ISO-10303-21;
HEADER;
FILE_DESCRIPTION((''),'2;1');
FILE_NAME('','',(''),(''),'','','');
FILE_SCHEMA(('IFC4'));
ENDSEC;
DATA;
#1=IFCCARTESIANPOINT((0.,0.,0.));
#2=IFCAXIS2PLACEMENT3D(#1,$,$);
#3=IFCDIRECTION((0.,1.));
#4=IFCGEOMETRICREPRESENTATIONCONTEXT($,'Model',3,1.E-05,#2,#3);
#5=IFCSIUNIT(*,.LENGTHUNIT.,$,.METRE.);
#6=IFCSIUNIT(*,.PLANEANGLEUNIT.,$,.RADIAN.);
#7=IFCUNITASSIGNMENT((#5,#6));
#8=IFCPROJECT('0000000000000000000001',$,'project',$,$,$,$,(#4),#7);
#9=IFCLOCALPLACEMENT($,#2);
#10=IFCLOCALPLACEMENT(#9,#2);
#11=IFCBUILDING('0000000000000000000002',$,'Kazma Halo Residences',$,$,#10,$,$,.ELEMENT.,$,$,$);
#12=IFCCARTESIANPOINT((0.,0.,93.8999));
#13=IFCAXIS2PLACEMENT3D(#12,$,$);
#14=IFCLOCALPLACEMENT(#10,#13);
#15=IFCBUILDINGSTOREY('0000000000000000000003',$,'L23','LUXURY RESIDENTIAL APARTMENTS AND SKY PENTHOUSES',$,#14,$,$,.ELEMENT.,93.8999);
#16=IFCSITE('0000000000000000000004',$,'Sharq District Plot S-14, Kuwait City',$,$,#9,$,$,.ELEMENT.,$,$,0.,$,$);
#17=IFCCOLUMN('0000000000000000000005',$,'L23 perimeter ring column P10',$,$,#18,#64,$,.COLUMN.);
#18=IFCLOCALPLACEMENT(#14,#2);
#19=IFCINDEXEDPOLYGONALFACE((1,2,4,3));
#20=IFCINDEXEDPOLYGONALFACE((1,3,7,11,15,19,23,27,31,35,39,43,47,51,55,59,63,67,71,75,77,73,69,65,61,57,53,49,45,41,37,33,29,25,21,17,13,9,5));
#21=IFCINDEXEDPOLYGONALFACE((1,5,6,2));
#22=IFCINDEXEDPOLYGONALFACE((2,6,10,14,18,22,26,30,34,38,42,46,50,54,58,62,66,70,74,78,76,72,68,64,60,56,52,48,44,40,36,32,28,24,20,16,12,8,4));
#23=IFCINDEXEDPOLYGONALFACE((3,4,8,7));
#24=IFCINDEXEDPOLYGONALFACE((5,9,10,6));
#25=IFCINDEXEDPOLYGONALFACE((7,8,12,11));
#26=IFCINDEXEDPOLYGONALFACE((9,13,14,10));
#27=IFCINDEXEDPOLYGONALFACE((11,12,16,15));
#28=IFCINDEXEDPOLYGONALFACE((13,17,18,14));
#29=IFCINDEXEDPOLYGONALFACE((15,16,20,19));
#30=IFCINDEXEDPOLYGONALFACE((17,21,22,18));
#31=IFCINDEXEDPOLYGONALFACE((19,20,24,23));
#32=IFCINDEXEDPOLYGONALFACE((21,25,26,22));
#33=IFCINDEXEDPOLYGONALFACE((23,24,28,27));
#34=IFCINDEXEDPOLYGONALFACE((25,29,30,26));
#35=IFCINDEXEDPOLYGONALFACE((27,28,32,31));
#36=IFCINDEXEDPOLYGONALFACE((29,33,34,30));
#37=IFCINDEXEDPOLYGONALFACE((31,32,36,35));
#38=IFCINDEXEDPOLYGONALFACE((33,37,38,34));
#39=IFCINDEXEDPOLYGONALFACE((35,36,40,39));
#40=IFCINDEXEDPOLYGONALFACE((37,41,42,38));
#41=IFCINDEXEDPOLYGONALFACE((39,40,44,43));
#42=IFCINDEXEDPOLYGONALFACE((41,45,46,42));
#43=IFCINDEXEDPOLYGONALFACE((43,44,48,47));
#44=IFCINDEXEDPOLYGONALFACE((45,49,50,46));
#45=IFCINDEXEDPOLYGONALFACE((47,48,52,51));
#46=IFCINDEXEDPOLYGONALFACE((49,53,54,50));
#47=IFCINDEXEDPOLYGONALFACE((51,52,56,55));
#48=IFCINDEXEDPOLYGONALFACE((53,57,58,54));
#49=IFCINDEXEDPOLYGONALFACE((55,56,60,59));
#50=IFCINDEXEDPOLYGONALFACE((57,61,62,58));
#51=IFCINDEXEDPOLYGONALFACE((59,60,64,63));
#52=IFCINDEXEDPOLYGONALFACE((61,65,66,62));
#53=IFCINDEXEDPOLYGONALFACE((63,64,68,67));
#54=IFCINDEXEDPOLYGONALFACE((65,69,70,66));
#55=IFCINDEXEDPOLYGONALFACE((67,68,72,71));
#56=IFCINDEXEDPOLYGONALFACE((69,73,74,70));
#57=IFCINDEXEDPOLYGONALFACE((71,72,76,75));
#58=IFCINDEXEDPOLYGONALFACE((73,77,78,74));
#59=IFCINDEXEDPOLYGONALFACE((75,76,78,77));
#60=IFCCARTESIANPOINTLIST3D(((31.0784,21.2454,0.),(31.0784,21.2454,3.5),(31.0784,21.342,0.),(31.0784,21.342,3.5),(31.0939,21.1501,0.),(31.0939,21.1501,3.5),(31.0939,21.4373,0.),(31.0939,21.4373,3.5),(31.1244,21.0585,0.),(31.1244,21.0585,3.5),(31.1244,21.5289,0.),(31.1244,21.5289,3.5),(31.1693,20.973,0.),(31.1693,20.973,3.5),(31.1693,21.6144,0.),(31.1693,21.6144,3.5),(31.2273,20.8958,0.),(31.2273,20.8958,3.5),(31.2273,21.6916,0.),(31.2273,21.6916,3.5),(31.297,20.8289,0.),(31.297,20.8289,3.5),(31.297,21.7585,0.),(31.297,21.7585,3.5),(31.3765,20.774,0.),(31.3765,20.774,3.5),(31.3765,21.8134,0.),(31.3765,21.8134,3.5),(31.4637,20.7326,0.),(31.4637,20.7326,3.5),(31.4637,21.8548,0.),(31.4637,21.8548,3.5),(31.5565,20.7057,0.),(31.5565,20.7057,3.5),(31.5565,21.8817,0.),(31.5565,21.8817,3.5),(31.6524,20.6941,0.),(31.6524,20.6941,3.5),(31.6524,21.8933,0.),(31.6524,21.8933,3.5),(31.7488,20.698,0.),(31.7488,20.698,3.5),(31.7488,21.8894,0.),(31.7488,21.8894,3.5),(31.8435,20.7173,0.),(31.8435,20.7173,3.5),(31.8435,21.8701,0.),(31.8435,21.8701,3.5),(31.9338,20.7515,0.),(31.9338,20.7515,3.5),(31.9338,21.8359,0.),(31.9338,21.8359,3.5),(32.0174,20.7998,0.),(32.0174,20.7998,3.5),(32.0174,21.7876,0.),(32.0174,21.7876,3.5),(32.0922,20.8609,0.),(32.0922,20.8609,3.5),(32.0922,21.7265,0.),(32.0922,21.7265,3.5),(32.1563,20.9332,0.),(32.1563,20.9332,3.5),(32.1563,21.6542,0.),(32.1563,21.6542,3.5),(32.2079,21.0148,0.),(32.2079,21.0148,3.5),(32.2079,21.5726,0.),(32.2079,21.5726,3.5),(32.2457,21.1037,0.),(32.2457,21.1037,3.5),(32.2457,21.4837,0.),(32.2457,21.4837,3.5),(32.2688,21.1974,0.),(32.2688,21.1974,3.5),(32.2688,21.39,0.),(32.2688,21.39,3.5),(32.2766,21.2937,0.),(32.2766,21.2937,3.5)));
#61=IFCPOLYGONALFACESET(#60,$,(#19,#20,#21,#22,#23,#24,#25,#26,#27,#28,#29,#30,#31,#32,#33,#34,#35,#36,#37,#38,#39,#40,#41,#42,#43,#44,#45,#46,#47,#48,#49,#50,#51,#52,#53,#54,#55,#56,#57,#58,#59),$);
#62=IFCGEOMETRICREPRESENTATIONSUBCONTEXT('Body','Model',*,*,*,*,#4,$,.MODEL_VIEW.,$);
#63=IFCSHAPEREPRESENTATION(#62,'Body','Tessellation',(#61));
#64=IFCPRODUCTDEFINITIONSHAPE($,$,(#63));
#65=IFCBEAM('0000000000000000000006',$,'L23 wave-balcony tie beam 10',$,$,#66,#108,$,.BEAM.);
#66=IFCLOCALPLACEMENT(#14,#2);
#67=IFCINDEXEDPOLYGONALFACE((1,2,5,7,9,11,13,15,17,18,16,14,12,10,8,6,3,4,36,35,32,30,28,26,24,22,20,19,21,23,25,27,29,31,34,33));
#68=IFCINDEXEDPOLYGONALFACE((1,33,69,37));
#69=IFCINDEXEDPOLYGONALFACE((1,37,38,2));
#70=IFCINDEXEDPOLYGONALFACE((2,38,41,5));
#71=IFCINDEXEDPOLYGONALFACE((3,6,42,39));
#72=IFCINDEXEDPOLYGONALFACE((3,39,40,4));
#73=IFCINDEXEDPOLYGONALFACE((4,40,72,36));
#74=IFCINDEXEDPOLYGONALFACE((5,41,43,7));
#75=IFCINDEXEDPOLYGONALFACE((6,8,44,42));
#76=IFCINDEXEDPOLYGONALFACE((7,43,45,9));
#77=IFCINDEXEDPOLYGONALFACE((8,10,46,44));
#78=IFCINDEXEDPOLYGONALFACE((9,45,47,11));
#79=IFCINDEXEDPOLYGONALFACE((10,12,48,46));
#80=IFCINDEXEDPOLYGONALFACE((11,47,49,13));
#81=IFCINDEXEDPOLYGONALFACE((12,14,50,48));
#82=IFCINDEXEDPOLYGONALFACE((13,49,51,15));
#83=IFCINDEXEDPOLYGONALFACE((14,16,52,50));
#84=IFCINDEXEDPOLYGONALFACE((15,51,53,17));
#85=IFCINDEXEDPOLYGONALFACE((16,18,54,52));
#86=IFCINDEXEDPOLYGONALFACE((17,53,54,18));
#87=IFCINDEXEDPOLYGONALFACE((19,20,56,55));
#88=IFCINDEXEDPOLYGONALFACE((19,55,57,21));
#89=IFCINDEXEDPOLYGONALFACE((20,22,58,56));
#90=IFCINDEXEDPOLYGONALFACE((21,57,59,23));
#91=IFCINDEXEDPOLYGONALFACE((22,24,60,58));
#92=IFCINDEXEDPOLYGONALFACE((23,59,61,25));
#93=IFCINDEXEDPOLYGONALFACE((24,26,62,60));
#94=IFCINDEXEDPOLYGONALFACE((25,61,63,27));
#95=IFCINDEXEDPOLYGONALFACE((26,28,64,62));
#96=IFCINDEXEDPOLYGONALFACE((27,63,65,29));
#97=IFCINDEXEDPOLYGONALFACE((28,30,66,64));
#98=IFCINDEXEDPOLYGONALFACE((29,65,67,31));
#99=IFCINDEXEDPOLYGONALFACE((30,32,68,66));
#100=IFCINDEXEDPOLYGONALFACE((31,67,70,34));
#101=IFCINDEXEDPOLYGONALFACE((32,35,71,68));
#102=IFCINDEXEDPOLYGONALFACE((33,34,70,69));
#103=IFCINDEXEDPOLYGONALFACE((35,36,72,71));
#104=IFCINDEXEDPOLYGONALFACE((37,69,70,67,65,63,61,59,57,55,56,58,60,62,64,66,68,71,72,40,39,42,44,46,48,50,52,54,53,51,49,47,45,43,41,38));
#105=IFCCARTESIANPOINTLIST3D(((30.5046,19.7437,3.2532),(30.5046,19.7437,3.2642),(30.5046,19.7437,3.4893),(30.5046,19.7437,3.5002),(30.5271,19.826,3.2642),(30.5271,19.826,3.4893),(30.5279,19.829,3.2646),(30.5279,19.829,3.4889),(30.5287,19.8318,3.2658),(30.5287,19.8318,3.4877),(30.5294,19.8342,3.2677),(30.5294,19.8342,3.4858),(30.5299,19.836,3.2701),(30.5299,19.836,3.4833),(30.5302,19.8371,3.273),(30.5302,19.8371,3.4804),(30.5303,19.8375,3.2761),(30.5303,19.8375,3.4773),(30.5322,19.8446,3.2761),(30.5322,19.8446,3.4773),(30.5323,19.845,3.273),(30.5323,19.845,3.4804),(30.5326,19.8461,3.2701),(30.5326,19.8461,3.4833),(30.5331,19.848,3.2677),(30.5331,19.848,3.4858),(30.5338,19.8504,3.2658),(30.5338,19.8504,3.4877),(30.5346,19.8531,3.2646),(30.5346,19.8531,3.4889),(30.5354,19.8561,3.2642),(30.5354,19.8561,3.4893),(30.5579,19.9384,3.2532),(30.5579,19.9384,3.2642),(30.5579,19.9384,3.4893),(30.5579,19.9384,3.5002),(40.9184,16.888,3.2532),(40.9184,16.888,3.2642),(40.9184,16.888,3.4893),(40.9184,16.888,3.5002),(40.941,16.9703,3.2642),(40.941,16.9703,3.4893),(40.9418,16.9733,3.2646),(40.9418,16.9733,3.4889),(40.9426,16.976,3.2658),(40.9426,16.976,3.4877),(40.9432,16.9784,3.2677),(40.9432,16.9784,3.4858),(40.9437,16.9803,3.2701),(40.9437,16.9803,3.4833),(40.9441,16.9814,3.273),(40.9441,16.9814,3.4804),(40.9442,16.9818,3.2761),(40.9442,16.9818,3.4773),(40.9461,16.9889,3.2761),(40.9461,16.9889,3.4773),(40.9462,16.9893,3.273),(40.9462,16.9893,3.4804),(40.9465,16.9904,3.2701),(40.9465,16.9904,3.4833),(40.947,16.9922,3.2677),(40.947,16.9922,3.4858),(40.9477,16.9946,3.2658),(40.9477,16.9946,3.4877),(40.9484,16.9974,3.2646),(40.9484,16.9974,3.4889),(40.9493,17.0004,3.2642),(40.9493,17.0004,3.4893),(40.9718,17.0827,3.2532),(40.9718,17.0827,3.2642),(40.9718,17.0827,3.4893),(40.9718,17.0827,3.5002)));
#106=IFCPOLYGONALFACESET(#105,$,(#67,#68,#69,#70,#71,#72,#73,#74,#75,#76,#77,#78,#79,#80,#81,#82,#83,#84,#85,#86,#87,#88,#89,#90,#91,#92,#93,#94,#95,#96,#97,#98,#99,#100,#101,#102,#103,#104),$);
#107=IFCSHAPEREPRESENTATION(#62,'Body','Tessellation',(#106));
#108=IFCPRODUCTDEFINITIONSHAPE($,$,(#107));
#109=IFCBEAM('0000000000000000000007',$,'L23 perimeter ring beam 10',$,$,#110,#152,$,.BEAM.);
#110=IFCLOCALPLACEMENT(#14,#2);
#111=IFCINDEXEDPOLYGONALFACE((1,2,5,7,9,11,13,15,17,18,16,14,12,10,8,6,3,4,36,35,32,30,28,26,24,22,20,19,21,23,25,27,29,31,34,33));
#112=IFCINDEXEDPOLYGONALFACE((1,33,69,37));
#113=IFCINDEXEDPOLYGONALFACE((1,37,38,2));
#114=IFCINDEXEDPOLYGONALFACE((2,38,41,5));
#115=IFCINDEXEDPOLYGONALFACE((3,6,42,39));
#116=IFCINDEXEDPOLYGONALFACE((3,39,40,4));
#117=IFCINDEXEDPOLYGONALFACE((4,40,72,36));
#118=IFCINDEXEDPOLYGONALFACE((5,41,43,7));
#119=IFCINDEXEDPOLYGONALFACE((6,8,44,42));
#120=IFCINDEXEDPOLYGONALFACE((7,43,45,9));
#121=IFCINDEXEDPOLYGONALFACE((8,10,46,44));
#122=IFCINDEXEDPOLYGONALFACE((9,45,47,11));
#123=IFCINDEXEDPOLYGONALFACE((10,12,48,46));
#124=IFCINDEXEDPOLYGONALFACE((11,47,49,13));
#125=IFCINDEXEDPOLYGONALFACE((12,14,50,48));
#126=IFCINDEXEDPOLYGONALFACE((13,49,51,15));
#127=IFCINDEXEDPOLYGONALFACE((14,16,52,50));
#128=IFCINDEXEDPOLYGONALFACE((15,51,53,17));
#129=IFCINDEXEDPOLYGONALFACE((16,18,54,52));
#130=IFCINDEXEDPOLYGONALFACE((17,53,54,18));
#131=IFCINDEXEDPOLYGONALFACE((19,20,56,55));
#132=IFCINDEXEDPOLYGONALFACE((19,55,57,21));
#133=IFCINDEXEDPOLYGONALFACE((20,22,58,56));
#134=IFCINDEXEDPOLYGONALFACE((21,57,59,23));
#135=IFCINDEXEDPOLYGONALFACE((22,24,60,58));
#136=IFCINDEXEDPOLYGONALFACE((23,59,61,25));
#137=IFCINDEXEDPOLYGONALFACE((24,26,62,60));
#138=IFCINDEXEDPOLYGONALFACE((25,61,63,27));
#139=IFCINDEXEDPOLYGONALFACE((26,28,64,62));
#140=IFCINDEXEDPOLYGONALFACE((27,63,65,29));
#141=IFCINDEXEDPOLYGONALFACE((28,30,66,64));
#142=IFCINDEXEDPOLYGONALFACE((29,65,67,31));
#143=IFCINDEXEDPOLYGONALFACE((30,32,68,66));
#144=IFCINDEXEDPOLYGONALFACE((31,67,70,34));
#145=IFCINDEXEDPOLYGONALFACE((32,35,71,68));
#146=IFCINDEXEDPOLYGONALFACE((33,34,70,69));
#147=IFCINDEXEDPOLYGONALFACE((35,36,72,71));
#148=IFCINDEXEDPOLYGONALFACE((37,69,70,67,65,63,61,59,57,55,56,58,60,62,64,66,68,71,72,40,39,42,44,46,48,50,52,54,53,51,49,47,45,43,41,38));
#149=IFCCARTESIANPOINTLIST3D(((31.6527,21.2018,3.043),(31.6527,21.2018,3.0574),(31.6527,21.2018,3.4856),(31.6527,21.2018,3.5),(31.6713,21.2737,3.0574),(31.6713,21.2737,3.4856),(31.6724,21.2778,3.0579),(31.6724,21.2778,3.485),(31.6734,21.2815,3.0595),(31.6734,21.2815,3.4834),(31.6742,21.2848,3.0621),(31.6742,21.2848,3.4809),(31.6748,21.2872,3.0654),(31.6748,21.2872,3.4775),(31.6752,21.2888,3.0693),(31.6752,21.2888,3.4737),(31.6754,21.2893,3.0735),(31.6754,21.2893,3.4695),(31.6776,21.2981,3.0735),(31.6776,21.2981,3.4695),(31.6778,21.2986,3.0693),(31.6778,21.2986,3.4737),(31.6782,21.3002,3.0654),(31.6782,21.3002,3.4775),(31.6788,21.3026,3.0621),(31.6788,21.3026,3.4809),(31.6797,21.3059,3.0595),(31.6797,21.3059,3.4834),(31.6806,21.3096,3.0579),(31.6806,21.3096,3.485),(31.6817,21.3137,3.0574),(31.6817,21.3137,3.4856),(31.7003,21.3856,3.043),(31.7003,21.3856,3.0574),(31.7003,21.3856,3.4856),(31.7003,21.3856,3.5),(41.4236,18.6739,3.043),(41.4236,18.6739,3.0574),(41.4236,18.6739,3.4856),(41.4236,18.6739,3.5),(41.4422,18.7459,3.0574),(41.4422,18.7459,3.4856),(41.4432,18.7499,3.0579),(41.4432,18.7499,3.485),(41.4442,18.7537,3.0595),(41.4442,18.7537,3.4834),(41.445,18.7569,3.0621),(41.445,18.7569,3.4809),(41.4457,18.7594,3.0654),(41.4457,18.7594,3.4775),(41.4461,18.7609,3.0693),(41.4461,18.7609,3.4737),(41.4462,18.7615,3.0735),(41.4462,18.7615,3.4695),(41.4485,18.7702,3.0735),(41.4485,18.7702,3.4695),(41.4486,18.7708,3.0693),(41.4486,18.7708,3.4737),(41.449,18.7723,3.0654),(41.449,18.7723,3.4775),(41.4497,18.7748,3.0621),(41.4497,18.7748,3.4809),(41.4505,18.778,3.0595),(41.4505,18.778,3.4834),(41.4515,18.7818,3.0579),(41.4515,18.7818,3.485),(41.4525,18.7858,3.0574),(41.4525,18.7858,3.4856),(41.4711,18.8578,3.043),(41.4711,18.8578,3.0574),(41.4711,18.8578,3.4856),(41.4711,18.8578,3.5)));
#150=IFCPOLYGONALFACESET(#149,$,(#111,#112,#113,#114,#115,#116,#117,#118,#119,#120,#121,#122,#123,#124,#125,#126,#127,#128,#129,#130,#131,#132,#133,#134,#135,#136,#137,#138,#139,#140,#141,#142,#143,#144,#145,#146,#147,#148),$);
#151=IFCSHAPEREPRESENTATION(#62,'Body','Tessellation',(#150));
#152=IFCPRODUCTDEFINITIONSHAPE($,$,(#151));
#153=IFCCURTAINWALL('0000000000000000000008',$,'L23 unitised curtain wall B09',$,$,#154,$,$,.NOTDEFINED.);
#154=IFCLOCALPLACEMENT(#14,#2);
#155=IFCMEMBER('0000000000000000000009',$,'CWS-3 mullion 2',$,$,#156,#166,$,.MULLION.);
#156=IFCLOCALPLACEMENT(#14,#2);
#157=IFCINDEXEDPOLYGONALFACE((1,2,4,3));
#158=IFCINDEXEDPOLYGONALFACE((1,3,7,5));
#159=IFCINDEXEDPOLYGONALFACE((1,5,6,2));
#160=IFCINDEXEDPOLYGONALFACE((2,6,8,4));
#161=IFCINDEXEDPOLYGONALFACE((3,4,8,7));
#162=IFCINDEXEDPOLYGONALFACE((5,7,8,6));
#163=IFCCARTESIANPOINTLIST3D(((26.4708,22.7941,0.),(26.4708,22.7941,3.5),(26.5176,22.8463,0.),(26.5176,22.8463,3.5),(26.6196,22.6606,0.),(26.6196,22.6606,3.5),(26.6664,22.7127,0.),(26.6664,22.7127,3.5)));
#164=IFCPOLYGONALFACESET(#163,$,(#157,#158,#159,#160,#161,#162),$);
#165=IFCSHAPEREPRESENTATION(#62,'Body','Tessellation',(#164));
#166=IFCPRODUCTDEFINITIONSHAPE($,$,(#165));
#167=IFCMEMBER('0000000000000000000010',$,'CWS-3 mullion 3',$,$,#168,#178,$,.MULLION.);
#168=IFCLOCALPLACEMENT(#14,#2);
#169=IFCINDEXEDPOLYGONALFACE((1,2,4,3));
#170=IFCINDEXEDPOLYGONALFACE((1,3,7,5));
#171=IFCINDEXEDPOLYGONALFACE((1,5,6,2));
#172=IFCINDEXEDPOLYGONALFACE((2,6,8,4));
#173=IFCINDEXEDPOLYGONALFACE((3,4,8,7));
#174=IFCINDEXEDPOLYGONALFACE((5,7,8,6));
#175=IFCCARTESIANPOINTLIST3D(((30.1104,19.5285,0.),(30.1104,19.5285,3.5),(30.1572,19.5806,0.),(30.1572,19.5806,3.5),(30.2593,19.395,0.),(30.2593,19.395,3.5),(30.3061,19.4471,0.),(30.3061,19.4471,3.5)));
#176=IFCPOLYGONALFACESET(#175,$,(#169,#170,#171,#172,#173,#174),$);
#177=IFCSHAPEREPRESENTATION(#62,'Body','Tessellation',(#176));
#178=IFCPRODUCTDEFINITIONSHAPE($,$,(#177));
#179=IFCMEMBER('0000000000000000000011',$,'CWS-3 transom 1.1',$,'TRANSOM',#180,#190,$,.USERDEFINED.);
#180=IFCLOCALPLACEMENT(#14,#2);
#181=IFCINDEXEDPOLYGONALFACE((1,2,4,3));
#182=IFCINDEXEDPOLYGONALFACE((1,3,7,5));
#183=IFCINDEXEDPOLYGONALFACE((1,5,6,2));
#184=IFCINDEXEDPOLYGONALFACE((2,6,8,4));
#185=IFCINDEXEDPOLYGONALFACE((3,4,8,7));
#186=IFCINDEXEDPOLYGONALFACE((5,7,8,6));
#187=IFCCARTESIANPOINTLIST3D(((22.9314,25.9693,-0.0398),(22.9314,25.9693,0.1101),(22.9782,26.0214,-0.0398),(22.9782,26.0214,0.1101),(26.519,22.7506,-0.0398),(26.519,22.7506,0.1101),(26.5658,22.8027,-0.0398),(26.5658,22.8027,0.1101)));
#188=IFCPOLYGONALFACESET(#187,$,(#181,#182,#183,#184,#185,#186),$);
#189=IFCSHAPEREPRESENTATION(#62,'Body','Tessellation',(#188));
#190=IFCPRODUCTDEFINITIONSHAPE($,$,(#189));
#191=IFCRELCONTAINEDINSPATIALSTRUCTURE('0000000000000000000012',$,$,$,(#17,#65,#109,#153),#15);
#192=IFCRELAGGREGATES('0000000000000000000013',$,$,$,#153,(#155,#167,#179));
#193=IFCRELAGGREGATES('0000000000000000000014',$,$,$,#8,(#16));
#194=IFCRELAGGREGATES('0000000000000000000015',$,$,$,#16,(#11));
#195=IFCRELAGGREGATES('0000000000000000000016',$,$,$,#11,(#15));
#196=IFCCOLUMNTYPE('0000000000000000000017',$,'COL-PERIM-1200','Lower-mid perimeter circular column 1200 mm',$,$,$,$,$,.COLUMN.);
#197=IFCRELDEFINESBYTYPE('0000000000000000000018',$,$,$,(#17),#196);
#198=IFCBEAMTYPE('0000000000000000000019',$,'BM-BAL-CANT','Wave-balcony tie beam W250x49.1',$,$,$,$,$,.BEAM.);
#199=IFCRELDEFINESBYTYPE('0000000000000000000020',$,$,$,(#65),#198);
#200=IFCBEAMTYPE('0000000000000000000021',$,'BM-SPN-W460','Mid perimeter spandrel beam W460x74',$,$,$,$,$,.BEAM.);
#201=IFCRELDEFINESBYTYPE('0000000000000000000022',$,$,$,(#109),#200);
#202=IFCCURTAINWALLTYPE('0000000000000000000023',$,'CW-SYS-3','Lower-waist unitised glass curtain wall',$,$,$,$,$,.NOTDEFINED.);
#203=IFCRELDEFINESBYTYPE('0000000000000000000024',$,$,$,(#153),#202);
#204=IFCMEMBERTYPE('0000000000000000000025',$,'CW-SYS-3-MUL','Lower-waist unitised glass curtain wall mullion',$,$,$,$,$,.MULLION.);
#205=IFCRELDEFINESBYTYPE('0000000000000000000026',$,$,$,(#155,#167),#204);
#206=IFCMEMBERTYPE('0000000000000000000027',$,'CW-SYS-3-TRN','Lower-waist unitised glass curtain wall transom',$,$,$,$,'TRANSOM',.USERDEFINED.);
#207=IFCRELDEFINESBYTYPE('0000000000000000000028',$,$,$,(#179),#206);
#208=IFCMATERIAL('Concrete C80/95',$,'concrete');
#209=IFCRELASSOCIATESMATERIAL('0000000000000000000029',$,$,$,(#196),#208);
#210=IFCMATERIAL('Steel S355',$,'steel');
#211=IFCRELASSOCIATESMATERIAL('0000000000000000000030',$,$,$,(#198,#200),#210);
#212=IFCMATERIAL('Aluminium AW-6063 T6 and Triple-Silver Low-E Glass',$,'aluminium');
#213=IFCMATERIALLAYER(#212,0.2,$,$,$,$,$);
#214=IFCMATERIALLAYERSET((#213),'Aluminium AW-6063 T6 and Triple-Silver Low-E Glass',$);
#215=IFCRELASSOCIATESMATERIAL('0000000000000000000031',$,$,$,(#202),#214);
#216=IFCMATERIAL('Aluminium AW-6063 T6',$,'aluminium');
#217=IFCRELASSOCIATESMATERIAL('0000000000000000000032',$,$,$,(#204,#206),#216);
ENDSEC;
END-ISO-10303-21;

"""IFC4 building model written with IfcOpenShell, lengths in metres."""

from ifc_helpers import new_model, si_unit, direction, frame, origin, origin_2d, place, context, subcontext, project, spatial, rectangle, circle, i_section, extrude, material, layer, layer_set, material_profile, profile_set, type_object, element, aggregate, save


model = new_model("IFC4")

# Units and contexts
model_context = context("Model", 3, precision=1e-05, world=origin(), true_north=direction((0.0, 1.0)))
body_context = subcontext(model_context, "Body", "Model", "MODEL_VIEW")
ifc_project = project(units=[si_unit("LENGTHUNIT", "METRE"), si_unit("PLANEANGLEUNIT", "RADIAN")], contexts=[model_context])

# Site, building, storey
site_placement = place(None, origin())
site = spatial("IfcSite", under=ifc_project, at=site_placement, Name="Sharq District Plot S-14, Kuwait City", CompositionType="ELEMENT", RefElevation=0.0)
building_placement = place(site_placement, origin())
building = spatial("IfcBuilding", under=site, at=building_placement, Name="Kazma Halo Residences", CompositionType="ELEMENT")
storey_placement = place(building_placement, frame((0.0, 0.0, 93.8999)))
storey = spatial("IfcBuildingStorey", under=building, at=storey_placement, Name="L23", Description="LUXURY RESIDENTIAL APARTMENTS AND SKY PENTHOUSES", CompositionType="ELEMENT", Elevation=93.8999)

# Column
ifc_material_1 = material(Name="Concrete C80/95", Category="concrete")
ifc_material_profile_1 = material_profile(ifc_material_1, circle(Radius=0.6001, at=origin_2d()), Name="CIRC1200")
ifc_profile_set_1 = profile_set([ifc_material_profile_1], Name="Concrete C80/95")
column_type = type_object("IfcColumnType", Name="COL-PERIM-1200", Description="Lower-mid perimeter circular column 1200 mm", PredefinedType="COLUMN", material=ifc_profile_set_1)
column_placement = place(storey_placement, frame((31.6765, 21.2937, 0.0), z_axis=(0.0, 0.0, 1.0), x_axis=(1.0, 0.0, 0.0)))
element("IfcColumn", 1, at=column_placement, inside=storey, type_object=column_type, Name="L23 perimeter ring column P10", PredefinedType="COLUMN", context=body_context, shape_type="SweptSolid", body=[
    extrude(circle(Radius=0.6001, at=origin_2d()), origin(), (0.0, 0.0, 1.0), 3.5),
])

# Beams
ifc_material_2 = material(Name="Steel S355", Category="steel")
ifc_material_profile_2 = material_profile(ifc_material_2, i_section(OverallWidth=0.2019, OverallDepth=0.2471, WebThickness=0.0073, FlangeThickness=0.011, FilletRadius=0.012, at=origin_2d()), Name="W250x49.1")
ifc_profile_set_2 = profile_set([ifc_material_profile_2], Name="Steel S355")
beam_type_1 = type_object("IfcBeamType", Name="BM-BAL-CANT", Description="Wave-balcony tie beam W250x49.1", PredefinedType="BEAM", material=ifc_profile_set_2)
beam_1_placement = place(storey_placement, frame((30.5312, 19.8411, 3.3767), z_axis=(0.964397, -0.26446, 0.0), x_axis=(0.26446, 0.964397, 0.0)))
element("IfcBeam", 2, at=beam_1_placement, inside=storey, type_object=beam_type_1, Name="L23 wave-balcony tie beam 10", PredefinedType="BEAM", context=body_context, shape_type="SweptSolid", body=[
    extrude(i_section(OverallWidth=0.2019, OverallDepth=0.2471, WebThickness=0.0073, FlangeThickness=0.011, FilletRadius=0.012, at=origin_2d()), origin(), (0.0, 0.0, 1.0), 10.7983),
])
ifc_material_profile_3 = material_profile(ifc_material_2, i_section(OverallWidth=0.1899, OverallDepth=0.457, WebThickness=0.009, FlangeThickness=0.0144, FilletRadius=0.0161, at=origin_2d()), Name="W460x74")
ifc_profile_set_3 = profile_set([ifc_material_profile_3], Name="Steel S355")
beam_type_2 = type_object("IfcBeamType", Name="BM-SPN-W460", Description="Mid perimeter spandrel beam W460x74", PredefinedType="BEAM", material=ifc_profile_set_3)
beam_2_placement = place(storey_placement, frame((31.6765, 21.2937, 3.2715), z_axis=(0.968125, -0.250468, 0.0), x_axis=(0.250468, 0.968125, 0.0)))
element("IfcBeam", 3, at=beam_2_placement, inside=storey, type_object=beam_type_2, Name="L23 perimeter ring beam 10", PredefinedType="BEAM", context=body_context, shape_type="SweptSolid", body=[
    extrude(i_section(OverallWidth=0.1899, OverallDepth=0.457, WebThickness=0.009, FlangeThickness=0.0144, FilletRadius=0.0161, at=origin_2d()), origin(), (0.0, 0.0, 1.0), 10.0925),
])

# Curtain wall, members
ifc_material_3 = material(Name="Aluminium AW-6063 T6 and Triple-Silver Low-E Glass", Category="aluminium")
ifc_layer_1 = layer(ifc_material_3, 0.2)
ifc_layer_set_1 = layer_set([ifc_layer_1], Name="Aluminium AW-6063 T6 and Triple-Silver Low-E Glass")
curtain_wall_type = type_object("IfcCurtainWallType", Name="CW-SYS-3", Description="Lower-waist unitised glass curtain wall", PredefinedType="NOTDEFINED", material=ifc_layer_set_1)
curtain_wall_placement = place(storey_placement, origin())
curtain_wall = element("IfcCurtainWall", 4, at=curtain_wall_placement, inside=storey, type_object=curtain_wall_type, Name="L23 unitised curtain wall B09", PredefinedType="NOTDEFINED")
ifc_material_4 = material(Name="Aluminium AW-6063 T6", Category="aluminium")
ifc_material_profile_4 = material_profile(ifc_material_4, rectangle(XDim=0.0701, YDim=0.2, at=origin_2d()), Name="CWM-70x200")
ifc_profile_set_4 = profile_set([ifc_material_profile_4], Name="Aluminium AW-6063 T6")
member_type_1 = type_object("IfcMemberType", Name="CW-SYS-3-MUL", Description="Lower-waist unitised glass curtain wall mullion", PredefinedType="MULLION", material=ifc_profile_set_4)
member_1_placement = place(storey_placement, frame((26.5686, 22.7534, 0.0), z_axis=(0.0, 0.0, 1.0), x_axis=(0.667795, 0.744345, 0.0)))
member_1 = element("IfcMember", 5, at=member_1_placement, type_object=member_type_1, Name="CWS-3 mullion 2", PredefinedType="MULLION", context=body_context, shape_type="SweptSolid", body=[
    extrude(rectangle(XDim=0.0701, YDim=0.2, at=origin_2d()), origin(), (0.0, 0.0, 1.0), 3.5),
])
member_2_placement = place(storey_placement, frame((30.2083, 19.4878, 0.0), z_axis=(0.0, 0.0, 1.0), x_axis=(0.667795, 0.744345, 0.0)))
member_2 = element("IfcMember", 6, at=member_2_placement, type_object=member_type_1, Name="CWS-3 mullion 3", PredefinedType="MULLION", context=body_context, shape_type="SweptSolid", body=[
    extrude(rectangle(XDim=0.0701, YDim=0.2, at=origin_2d()), origin(), (0.0, 0.0, 1.0), 3.5),
])
ifc_material_profile_5 = material_profile(ifc_material_4, rectangle(XDim=0.0701, YDim=0.1499, at=origin_2d()), Name="CWT-70x150")
ifc_profile_set_5 = profile_set([ifc_material_profile_5], Name="Aluminium AW-6063 T6")
member_type_2 = type_object("IfcMemberType", Name="CW-SYS-3-TRN", Description="Lower-waist unitised glass curtain wall transom", ElementType="TRANSOM", PredefinedType="USERDEFINED", material=ifc_profile_set_5)
member_3_placement = place(storey_placement, frame((22.9548, 25.9954, 0.0352), z_axis=(0.744338, -0.667803, 0.0), x_axis=(0.667803, 0.744338, 0.0)))
member_3 = element("IfcMember", 7, at=member_3_placement, type_object=member_type_2, Name="CWS-3 transom 1.1", ObjectType="TRANSOM", PredefinedType="USERDEFINED", context=body_context, shape_type="SweptSolid", body=[
    extrude(rectangle(XDim=0.0701, YDim=0.1499, at=origin_2d()), origin(), (0.0, 0.0, 1.0), 4.8198),
])
aggregate(curtain_wall, [member_1, member_2, member_3])

save(model, "model.ifc")
